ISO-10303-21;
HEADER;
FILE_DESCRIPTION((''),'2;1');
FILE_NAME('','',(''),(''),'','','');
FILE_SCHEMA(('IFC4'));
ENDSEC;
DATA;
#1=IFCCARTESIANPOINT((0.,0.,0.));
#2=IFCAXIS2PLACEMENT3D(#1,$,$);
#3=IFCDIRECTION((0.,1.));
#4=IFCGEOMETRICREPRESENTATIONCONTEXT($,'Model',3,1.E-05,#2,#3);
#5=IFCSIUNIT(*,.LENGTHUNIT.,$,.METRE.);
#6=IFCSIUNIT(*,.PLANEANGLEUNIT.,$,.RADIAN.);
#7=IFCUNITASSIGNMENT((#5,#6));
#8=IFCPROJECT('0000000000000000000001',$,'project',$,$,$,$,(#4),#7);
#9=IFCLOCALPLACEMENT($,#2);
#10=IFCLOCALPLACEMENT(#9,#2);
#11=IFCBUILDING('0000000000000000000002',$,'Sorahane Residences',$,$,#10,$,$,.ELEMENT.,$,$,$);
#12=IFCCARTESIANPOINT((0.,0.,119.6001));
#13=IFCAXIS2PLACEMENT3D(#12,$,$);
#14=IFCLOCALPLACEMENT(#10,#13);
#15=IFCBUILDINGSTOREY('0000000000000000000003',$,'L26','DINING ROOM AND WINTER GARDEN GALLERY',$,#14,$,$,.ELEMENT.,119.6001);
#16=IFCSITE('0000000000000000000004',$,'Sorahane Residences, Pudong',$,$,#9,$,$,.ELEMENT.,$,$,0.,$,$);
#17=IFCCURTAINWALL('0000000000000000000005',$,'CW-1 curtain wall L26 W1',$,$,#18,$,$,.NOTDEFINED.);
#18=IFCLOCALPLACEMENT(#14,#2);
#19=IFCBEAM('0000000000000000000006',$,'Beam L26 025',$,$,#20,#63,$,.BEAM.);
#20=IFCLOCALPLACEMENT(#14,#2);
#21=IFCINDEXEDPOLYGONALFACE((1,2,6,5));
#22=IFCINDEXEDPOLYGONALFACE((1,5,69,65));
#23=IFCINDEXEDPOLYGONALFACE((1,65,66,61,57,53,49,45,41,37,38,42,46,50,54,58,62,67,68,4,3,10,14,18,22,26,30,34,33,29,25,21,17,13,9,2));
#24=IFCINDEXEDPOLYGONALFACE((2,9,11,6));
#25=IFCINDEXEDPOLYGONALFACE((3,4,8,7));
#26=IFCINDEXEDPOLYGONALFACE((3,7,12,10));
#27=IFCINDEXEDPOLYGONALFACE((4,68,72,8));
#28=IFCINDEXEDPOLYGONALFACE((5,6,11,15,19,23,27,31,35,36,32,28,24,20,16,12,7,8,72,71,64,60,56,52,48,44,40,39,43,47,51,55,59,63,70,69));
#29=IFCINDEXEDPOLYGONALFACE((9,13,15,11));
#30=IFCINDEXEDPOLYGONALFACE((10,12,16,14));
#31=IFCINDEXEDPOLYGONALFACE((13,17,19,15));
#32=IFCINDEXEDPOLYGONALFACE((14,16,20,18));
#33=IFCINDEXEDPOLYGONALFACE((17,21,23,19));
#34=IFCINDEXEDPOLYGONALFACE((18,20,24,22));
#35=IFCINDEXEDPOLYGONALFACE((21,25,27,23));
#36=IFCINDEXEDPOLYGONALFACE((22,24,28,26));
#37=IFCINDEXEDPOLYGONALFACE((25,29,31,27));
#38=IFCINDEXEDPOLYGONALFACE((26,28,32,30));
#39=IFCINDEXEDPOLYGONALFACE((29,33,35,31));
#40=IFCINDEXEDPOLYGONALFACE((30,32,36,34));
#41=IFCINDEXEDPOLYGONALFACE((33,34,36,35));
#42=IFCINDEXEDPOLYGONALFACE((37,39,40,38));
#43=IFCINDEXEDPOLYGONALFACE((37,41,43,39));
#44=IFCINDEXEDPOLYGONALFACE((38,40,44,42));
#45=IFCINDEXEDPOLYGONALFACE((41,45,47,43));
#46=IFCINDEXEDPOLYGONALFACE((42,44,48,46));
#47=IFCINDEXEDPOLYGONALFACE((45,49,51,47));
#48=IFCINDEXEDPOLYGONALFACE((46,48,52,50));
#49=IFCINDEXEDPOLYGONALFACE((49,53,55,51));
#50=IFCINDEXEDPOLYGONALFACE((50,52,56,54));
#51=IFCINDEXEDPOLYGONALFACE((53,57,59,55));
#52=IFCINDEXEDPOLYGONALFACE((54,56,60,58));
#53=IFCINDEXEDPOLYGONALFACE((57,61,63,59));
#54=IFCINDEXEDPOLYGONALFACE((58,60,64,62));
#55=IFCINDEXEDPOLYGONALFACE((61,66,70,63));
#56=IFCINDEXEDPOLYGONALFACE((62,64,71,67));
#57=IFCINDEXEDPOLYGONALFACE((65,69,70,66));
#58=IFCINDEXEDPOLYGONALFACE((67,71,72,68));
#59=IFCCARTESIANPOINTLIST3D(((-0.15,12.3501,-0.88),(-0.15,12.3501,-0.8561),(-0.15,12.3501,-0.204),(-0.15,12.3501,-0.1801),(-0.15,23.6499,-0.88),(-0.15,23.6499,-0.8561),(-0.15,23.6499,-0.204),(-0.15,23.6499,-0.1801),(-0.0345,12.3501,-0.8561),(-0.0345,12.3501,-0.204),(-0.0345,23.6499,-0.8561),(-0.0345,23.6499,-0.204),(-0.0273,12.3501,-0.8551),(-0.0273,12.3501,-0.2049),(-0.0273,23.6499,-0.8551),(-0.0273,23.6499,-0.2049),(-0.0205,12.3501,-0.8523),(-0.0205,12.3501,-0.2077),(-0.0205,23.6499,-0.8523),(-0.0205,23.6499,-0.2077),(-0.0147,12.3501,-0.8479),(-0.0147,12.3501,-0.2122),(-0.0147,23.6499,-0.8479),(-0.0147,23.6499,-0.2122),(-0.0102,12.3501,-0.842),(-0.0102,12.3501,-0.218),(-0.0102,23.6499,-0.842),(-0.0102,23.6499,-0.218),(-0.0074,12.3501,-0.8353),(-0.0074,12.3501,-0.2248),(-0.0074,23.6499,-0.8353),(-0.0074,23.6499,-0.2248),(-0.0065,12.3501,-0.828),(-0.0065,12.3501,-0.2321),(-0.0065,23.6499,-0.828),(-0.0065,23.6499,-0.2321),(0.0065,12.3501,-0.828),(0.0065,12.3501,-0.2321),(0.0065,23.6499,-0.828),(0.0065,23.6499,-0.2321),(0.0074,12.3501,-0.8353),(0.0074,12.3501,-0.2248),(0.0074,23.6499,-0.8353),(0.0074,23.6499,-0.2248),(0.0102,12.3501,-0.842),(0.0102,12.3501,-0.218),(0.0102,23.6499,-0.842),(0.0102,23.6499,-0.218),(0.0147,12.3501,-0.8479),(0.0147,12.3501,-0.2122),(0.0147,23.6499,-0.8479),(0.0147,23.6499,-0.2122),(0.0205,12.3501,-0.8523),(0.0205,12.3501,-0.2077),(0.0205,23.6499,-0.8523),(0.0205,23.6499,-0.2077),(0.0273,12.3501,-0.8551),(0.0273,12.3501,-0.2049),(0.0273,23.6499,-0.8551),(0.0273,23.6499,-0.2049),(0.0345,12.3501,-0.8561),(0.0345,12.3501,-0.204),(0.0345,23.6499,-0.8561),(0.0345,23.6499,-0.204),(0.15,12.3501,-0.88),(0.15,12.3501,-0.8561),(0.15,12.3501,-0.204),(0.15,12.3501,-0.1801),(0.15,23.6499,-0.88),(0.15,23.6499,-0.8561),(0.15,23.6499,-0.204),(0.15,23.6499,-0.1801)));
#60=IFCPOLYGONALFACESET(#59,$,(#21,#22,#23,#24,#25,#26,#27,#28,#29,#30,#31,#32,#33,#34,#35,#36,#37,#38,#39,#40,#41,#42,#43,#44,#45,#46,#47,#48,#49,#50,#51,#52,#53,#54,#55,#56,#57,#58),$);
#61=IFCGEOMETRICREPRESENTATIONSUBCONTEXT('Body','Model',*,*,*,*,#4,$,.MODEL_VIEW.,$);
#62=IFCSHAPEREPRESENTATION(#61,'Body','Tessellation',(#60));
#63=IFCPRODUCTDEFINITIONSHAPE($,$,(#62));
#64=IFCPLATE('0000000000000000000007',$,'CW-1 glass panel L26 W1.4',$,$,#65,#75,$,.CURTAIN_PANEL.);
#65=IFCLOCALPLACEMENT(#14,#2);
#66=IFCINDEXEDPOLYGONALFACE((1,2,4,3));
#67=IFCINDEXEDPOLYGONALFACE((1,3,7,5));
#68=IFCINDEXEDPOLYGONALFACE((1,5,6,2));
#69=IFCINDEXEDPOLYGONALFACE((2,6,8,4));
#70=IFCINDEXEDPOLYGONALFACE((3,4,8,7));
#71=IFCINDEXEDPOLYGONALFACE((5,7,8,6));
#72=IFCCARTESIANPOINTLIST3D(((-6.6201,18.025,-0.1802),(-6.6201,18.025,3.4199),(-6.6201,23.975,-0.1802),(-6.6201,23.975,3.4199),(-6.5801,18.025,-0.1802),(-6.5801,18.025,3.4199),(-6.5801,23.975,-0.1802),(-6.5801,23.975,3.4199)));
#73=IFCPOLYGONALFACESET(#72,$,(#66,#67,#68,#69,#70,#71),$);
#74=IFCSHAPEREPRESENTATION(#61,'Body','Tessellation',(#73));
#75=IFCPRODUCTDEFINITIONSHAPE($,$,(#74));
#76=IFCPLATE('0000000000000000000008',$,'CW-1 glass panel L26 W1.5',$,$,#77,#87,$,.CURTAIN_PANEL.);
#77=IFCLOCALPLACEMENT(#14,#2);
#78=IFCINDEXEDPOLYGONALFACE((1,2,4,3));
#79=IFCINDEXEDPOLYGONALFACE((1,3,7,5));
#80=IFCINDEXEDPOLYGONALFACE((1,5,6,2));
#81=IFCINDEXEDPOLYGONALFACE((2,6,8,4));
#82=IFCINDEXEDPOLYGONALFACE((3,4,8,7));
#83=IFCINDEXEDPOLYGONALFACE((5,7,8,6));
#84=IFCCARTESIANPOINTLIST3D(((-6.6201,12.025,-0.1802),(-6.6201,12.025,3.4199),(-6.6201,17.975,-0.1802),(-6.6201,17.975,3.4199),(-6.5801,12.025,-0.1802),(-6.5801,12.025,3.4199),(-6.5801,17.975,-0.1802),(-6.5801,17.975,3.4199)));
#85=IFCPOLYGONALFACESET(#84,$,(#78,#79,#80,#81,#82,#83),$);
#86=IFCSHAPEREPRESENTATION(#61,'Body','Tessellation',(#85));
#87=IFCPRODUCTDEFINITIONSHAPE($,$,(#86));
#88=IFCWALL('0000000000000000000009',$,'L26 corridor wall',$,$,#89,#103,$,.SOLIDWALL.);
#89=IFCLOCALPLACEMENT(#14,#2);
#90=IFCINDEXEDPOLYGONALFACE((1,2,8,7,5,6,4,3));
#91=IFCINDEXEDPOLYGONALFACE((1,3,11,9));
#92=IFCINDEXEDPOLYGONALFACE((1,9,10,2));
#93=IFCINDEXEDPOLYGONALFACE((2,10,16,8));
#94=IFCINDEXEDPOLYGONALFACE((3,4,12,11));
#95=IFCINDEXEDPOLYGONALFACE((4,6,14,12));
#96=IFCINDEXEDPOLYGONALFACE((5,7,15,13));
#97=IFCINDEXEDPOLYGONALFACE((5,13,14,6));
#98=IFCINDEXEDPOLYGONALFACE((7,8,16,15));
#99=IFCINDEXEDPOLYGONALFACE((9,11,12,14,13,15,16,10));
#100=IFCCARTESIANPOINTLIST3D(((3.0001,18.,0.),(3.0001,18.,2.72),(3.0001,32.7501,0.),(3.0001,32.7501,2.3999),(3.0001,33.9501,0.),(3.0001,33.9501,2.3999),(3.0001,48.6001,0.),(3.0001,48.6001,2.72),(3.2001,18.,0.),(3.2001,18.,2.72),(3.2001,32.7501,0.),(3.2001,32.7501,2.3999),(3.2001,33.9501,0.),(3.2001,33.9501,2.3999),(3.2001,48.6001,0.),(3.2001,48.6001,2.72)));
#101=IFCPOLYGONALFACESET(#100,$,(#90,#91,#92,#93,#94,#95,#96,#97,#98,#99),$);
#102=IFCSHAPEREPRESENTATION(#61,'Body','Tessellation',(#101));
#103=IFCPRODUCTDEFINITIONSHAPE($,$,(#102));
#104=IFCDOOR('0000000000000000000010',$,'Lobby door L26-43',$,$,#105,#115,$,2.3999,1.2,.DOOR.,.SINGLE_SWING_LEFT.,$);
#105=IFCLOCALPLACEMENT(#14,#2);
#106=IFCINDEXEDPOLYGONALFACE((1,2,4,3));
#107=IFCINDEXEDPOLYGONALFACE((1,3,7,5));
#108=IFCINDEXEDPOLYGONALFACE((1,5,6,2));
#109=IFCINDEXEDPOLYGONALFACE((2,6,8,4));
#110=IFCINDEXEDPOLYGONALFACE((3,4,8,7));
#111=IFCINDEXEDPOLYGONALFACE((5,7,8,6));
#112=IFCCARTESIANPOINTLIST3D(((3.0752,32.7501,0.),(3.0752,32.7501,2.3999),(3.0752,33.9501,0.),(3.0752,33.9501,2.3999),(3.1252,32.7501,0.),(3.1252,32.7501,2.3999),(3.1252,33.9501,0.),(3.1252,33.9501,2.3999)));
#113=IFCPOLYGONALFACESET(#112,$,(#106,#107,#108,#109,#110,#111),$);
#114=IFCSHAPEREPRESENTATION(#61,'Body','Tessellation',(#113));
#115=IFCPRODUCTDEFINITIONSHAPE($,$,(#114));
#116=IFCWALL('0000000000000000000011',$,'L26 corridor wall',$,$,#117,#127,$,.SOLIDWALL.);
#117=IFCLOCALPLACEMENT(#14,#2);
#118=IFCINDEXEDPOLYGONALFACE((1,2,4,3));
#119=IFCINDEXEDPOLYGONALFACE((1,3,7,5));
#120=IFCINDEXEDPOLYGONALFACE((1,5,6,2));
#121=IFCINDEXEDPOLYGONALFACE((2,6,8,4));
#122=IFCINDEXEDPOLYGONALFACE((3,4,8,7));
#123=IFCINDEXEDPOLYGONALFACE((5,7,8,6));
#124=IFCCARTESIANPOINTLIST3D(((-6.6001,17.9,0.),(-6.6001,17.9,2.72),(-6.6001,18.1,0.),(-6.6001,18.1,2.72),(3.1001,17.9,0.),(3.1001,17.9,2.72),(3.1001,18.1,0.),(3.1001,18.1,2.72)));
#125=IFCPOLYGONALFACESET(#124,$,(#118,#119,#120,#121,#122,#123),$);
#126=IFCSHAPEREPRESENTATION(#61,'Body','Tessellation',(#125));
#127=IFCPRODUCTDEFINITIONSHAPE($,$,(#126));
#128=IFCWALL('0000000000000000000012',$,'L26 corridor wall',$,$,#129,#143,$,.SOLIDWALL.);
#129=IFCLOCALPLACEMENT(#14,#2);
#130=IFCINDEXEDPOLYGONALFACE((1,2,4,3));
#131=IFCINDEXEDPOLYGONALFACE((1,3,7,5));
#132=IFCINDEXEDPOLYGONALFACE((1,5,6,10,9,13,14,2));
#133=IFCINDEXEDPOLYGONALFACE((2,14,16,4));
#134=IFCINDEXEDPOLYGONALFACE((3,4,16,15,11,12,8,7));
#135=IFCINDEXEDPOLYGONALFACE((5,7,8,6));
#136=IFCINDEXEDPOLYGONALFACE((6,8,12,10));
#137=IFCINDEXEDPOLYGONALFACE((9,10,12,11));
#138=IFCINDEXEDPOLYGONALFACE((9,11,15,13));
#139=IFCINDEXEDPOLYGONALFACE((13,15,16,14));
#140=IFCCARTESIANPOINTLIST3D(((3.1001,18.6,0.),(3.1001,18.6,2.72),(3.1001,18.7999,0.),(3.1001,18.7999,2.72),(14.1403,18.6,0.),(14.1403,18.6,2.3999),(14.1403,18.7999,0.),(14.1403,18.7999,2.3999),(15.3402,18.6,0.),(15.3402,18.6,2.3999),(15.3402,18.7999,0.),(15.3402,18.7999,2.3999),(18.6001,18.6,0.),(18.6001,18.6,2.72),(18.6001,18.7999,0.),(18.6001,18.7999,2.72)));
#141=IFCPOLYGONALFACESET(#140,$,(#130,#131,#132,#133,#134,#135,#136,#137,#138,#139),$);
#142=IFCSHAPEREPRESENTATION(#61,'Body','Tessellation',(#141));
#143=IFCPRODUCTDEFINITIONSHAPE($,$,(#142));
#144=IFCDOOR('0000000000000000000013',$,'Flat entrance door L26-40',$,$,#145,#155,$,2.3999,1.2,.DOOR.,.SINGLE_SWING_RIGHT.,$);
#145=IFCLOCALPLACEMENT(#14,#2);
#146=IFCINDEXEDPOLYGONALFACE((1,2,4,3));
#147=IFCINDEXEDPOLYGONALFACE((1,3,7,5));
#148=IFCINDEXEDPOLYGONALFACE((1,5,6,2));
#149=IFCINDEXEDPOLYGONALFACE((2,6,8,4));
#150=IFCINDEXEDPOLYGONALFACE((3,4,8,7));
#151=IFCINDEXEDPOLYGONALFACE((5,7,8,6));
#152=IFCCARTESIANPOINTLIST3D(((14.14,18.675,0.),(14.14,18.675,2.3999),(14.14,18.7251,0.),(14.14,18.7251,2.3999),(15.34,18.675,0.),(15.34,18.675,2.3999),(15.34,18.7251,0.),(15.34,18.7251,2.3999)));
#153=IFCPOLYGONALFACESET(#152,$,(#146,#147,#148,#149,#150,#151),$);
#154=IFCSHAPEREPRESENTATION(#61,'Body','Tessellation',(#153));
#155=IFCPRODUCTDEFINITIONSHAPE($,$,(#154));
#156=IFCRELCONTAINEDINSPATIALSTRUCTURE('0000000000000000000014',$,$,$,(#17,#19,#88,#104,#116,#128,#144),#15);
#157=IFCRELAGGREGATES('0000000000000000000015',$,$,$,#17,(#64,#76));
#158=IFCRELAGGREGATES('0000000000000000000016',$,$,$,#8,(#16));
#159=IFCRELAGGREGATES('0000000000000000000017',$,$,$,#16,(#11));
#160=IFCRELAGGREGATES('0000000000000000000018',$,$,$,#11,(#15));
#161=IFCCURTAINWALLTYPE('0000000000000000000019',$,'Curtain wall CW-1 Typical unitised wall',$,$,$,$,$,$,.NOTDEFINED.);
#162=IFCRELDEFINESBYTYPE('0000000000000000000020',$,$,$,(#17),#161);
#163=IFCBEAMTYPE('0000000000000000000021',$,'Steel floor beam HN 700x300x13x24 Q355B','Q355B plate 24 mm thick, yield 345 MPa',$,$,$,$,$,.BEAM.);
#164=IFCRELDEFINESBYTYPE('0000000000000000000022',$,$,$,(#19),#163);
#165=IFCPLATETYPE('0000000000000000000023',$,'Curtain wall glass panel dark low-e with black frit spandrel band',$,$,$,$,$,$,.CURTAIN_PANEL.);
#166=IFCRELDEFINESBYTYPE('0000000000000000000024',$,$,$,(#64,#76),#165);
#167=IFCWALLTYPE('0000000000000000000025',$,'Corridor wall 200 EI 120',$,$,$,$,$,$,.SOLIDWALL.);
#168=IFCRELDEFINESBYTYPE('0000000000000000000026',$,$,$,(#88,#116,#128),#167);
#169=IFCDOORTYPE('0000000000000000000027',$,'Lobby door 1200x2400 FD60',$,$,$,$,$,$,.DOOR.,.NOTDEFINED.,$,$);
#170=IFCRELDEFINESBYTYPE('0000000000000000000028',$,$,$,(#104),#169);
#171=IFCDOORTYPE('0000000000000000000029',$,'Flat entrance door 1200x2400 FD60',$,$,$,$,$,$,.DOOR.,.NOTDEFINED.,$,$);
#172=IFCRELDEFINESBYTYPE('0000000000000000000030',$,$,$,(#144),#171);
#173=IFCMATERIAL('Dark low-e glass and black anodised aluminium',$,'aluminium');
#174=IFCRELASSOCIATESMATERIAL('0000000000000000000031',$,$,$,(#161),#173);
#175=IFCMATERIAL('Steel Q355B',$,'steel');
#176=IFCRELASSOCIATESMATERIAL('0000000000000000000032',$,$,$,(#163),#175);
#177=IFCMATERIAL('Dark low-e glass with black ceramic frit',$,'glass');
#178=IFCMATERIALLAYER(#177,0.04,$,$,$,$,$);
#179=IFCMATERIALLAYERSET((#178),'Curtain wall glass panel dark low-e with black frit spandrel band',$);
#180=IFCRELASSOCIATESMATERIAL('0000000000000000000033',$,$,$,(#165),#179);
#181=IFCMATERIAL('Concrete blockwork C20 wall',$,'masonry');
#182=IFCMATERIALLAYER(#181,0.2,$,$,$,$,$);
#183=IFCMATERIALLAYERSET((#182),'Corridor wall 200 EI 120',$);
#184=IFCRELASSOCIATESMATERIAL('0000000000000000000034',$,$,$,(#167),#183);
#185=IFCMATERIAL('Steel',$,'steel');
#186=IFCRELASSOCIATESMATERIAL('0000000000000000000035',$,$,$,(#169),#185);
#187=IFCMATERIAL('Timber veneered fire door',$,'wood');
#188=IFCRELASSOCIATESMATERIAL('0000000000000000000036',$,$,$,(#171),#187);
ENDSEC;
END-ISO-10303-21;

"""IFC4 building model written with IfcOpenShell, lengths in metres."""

from ifc_helpers import new_model, si_unit, direction, frame, frame_2d, origin, origin_2d, place, context, subcontext, project, spatial, rectangle, i_section, extrude, material, layer, layer_set, material_profile, profile_set, type_object, element, fill, aggregate, save


model = new_model("IFC4")

# Units and contexts
model_context = context("Model", 3, precision=1e-05, world=origin(), true_north=direction((0.0, 1.0)))
body_context = subcontext(model_context, "Body", "Model", "MODEL_VIEW")
ifc_project = project(units=[si_unit("LENGTHUNIT", "METRE"), si_unit("PLANEANGLEUNIT", "RADIAN")], contexts=[model_context])

# Site, building, storey
site_placement = place(None, origin())
site = spatial("IfcSite", under=ifc_project, at=site_placement, Name="Sorahane Residences, Pudong", CompositionType="ELEMENT", RefElevation=0.0)
building_placement = place(site_placement, origin())
building = spatial("IfcBuilding", under=site, at=building_placement, Name="Sorahane Residences", CompositionType="ELEMENT")
storey_placement = place(building_placement, frame((0.0, 0.0, 119.6001)))
storey = spatial("IfcBuildingStorey", under=building, at=storey_placement, Name="L26", Description="DINING ROOM AND WINTER GARDEN GALLERY", CompositionType="ELEMENT", Elevation=119.6001)

# Curtain wall
ifc_material_1 = material(Name="Dark low-e glass and black anodised aluminium", Category="aluminium")
curtain_wall_type = type_object("IfcCurtainWallType", Name="Curtain wall CW-1 Typical unitised wall", PredefinedType="NOTDEFINED", material=ifc_material_1)
curtain_wall_placement = place(storey_placement, origin())
curtain_wall = element("IfcCurtainWall", 1, at=curtain_wall_placement, inside=storey, type_object=curtain_wall_type, Name="CW-1 curtain wall L26 W1", PredefinedType="NOTDEFINED")

# Beam
ifc_material_2 = material(Name="Steel Q355B", Category="steel")
ifc_material_profile_1 = material_profile(ifc_material_2, i_section(OverallWidth=0.3, OverallDepth=0.7, WebThickness=0.0129, FlangeThickness=0.0239, FilletRadius=0.0281, at=origin_2d()), Name="HN 700x300x13x24")
ifc_profile_set_1 = profile_set([ifc_material_profile_1], Name="Steel Q355B")
beam_type_1 = type_object("IfcBeamType", Name="Steel floor beam HN 700x300x13x24 Q355B", Description="Q355B plate 24 mm thick, yield 345 MPa", PredefinedType="BEAM", material=ifc_profile_set_1)
beam_1_placement = place(storey_placement, frame((0.0, 12.3501, -0.53), z_axis=(0.0, 1.0, 0.0), x_axis=(-1.0, 0.0, 0.0)))
element("IfcBeam", 2, at=beam_1_placement, inside=storey, type_object=beam_type_1, Name="Beam L26 025", PredefinedType="BEAM", context=body_context, shape_type="SweptSolid", body=[
    extrude(i_section(OverallWidth=0.3, OverallDepth=0.7, WebThickness=0.0129, FlangeThickness=0.0239, FilletRadius=0.0281, at=origin_2d()), origin(), (0.0, 0.0, 1.0), 11.2998),
])

# Plates
ifc_material_3 = material(Name="Dark low-e glass with black ceramic frit", Category="glass")
ifc_layer_1 = layer(ifc_material_3, 0.04)
ifc_layer_set_1 = layer_set([ifc_layer_1], Name="Curtain wall glass panel dark low-e with black frit spandrel band")
plate_type = type_object("IfcPlateType", Name="Curtain wall glass panel dark low-e with black frit spandrel band", PredefinedType="CURTAIN_PANEL", material=ifc_layer_set_1)
plate_1_placement = place(storey_placement, frame((-6.6001, 21.0, -0.1802), z_axis=(0.0, 0.0, 1.0), x_axis=(0.0, -1.0, 0.0)))
plate_1 = element("IfcPlate", 3, at=plate_1_placement, type_object=plate_type, Name="CW-1 glass panel L26 W1.4", PredefinedType="CURTAIN_PANEL", context=body_context, shape_type="SweptSolid", body=[
    extrude(rectangle(XDim=5.95, YDim=0.04, at=origin_2d()), origin(), (0.0, 0.0, 1.0), 3.6001),
])
plate_2_placement = place(storey_placement, frame((-6.6001, 15.0, -0.1802), z_axis=(0.0, 0.0, 1.0), x_axis=(0.0, -1.0, 0.0)))
plate_2 = element("IfcPlate", 4, at=plate_2_placement, type_object=plate_type, Name="CW-1 glass panel L26 W1.5", PredefinedType="CURTAIN_PANEL", context=body_context, shape_type="SweptSolid", body=[
    extrude(rectangle(XDim=5.95, YDim=0.04, at=origin_2d()), origin(), (0.0, 0.0, 1.0), 3.6001),
])
aggregate(curtain_wall, [plate_1, plate_2])

# Wall, opening, door
ifc_material_4 = material(Name="Concrete blockwork C20 wall", Category="masonry")
ifc_layer_2 = layer(ifc_material_4, 0.2)
ifc_layer_set_2 = layer_set([ifc_layer_2], Name="Corridor wall 200 EI 120")
wall_type_1 = type_object("IfcWallType", Name="Corridor wall 200 EI 120", PredefinedType="SOLIDWALL", material=ifc_layer_set_2)
wall_1_placement = place(storey_placement, frame((3.1001, 18.0, 0.0), z_axis=(0.0, 0.0, 1.0), x_axis=(0.0, 1.0, 0.0)))
wall_1 = element("IfcWall", 5, at=wall_1_placement, inside=storey, type_object=wall_type_1, Name="L26 corridor wall", PredefinedType="SOLIDWALL", context=body_context, shape_type="SweptSolid", body=[
    extrude(rectangle(XDim=30.6001, YDim=0.2, at=frame_2d((15.3, 0.0))), origin(), (0.0, 0.0, 1.0), 2.72),
])
opening_1_placement = place(wall_1_placement, frame((14.75, 0.0, 0.0)))
opening_1 = element("IfcOpeningElement", 6, at=opening_1_placement, cuts=wall_1, PredefinedType="OPENING", context=body_context, shape_type="SweptSolid", body=[
    extrude(rectangle(XDim=1.2, YDim=2.3999, at=frame_2d((0.6001, 1.2))), frame((0.0, 0.1099, 0.0), z_axis=(0.0, -1.0, 0.0), x_axis=(1.0, 0.0, 0.0)), (0.0, 0.0, 1.0), 0.22),
])
ifc_material_5 = material(Name="Steel", Category="steel")
door_type_1 = type_object("IfcDoorType", Name="Lobby door 1200x2400 FD60", OperationType="NOTDEFINED", PredefinedType="DOOR", material=ifc_material_5)
door_1_placement = place(opening_1_placement, origin())
door_1 = element("IfcDoor", 7, at=door_1_placement, inside=storey, type_object=door_type_1, Name="Lobby door L26-43", OperationType="SINGLE_SWING_LEFT", OverallHeight=2.3999, OverallWidth=1.2, PredefinedType="DOOR", context=body_context, shape_type="SweptSolid", body=[
    extrude(rectangle(XDim=1.2, YDim=2.3999, at=frame_2d((0.6001, 1.2))), frame((0.0, 0.0249, 0.0), z_axis=(0.0, -1.0, 0.0), x_axis=(1.0, 0.0, 0.0)), (0.0, 0.0, 1.0), 0.05),
])
fill(opening_1, door_1)

# Wall
wall_2_placement = place(storey_placement, frame((-6.6001, 18.0, 0.0), z_axis=(0.0, 0.0, 1.0), x_axis=(1.0, 0.0, 0.0)))
element("IfcWall", 8, at=wall_2_placement, inside=storey, type_object=wall_type_1, Name="L26 corridor wall", PredefinedType="SOLIDWALL", context=body_context, shape_type="SweptSolid", body=[
    extrude(rectangle(XDim=9.7002, YDim=0.2, at=frame_2d((4.8501, 0.0))), origin(), (0.0, 0.0, 1.0), 2.72),
])

# Wall, opening, door
wall_3_placement = place(storey_placement, frame((3.1001, 18.7, 0.0), z_axis=(0.0, 0.0, 1.0), x_axis=(1.0, 0.0, 0.0)))
wall_3 = element("IfcWall", 9, at=wall_3_placement, inside=storey, type_object=wall_type_1, Name="L26 corridor wall", PredefinedType="SOLIDWALL", context=body_context, shape_type="SweptSolid", body=[
    extrude(rectangle(XDim=15.5, YDim=0.2, at=frame_2d((7.75, 0.0))), origin(), (0.0, 0.0, 1.0), 2.72),
])
opening_2_placement = place(wall_3_placement, frame((11.04, 0.0, 0.0)))
opening_2 = element("IfcOpeningElement", 10, at=opening_2_placement, cuts=wall_3, PredefinedType="OPENING", context=body_context, shape_type="SweptSolid", body=[
    extrude(rectangle(XDim=1.2, YDim=2.3999, at=frame_2d((0.6001, 1.2))), frame((0.0, 0.1099, 0.0), z_axis=(0.0, -1.0, 0.0), x_axis=(1.0, 0.0, 0.0)), (0.0, 0.0, 1.0), 0.22),
])
ifc_material_6 = material(Name="Timber veneered fire door", Category="wood")
door_type_2 = type_object("IfcDoorType", Name="Flat entrance door 1200x2400 FD60", OperationType="NOTDEFINED", PredefinedType="DOOR", material=ifc_material_6)
door_2_placement = place(opening_2_placement, frame((1.2, 0.0, 0.0), z_axis=(0.0, 0.0, 1.0), x_axis=(-1.0, 0.0, 0.0)))
door_2 = element("IfcDoor", 11, at=door_2_placement, inside=storey, type_object=door_type_2, Name="Flat entrance door L26-40", OperationType="SINGLE_SWING_RIGHT", OverallHeight=2.3999, OverallWidth=1.2, PredefinedType="DOOR", context=body_context, shape_type="SweptSolid", body=[
    extrude(rectangle(XDim=1.2, YDim=2.3999, at=frame_2d((0.6001, 1.2))), frame((0.0, 0.0249, 0.0), z_axis=(0.0, -1.0, 0.0), x_axis=(1.0, 0.0, 0.0)), (0.0, 0.0, 1.0), 0.05),
])
fill(opening_2, door_2)

save(model, "model.ifc")
